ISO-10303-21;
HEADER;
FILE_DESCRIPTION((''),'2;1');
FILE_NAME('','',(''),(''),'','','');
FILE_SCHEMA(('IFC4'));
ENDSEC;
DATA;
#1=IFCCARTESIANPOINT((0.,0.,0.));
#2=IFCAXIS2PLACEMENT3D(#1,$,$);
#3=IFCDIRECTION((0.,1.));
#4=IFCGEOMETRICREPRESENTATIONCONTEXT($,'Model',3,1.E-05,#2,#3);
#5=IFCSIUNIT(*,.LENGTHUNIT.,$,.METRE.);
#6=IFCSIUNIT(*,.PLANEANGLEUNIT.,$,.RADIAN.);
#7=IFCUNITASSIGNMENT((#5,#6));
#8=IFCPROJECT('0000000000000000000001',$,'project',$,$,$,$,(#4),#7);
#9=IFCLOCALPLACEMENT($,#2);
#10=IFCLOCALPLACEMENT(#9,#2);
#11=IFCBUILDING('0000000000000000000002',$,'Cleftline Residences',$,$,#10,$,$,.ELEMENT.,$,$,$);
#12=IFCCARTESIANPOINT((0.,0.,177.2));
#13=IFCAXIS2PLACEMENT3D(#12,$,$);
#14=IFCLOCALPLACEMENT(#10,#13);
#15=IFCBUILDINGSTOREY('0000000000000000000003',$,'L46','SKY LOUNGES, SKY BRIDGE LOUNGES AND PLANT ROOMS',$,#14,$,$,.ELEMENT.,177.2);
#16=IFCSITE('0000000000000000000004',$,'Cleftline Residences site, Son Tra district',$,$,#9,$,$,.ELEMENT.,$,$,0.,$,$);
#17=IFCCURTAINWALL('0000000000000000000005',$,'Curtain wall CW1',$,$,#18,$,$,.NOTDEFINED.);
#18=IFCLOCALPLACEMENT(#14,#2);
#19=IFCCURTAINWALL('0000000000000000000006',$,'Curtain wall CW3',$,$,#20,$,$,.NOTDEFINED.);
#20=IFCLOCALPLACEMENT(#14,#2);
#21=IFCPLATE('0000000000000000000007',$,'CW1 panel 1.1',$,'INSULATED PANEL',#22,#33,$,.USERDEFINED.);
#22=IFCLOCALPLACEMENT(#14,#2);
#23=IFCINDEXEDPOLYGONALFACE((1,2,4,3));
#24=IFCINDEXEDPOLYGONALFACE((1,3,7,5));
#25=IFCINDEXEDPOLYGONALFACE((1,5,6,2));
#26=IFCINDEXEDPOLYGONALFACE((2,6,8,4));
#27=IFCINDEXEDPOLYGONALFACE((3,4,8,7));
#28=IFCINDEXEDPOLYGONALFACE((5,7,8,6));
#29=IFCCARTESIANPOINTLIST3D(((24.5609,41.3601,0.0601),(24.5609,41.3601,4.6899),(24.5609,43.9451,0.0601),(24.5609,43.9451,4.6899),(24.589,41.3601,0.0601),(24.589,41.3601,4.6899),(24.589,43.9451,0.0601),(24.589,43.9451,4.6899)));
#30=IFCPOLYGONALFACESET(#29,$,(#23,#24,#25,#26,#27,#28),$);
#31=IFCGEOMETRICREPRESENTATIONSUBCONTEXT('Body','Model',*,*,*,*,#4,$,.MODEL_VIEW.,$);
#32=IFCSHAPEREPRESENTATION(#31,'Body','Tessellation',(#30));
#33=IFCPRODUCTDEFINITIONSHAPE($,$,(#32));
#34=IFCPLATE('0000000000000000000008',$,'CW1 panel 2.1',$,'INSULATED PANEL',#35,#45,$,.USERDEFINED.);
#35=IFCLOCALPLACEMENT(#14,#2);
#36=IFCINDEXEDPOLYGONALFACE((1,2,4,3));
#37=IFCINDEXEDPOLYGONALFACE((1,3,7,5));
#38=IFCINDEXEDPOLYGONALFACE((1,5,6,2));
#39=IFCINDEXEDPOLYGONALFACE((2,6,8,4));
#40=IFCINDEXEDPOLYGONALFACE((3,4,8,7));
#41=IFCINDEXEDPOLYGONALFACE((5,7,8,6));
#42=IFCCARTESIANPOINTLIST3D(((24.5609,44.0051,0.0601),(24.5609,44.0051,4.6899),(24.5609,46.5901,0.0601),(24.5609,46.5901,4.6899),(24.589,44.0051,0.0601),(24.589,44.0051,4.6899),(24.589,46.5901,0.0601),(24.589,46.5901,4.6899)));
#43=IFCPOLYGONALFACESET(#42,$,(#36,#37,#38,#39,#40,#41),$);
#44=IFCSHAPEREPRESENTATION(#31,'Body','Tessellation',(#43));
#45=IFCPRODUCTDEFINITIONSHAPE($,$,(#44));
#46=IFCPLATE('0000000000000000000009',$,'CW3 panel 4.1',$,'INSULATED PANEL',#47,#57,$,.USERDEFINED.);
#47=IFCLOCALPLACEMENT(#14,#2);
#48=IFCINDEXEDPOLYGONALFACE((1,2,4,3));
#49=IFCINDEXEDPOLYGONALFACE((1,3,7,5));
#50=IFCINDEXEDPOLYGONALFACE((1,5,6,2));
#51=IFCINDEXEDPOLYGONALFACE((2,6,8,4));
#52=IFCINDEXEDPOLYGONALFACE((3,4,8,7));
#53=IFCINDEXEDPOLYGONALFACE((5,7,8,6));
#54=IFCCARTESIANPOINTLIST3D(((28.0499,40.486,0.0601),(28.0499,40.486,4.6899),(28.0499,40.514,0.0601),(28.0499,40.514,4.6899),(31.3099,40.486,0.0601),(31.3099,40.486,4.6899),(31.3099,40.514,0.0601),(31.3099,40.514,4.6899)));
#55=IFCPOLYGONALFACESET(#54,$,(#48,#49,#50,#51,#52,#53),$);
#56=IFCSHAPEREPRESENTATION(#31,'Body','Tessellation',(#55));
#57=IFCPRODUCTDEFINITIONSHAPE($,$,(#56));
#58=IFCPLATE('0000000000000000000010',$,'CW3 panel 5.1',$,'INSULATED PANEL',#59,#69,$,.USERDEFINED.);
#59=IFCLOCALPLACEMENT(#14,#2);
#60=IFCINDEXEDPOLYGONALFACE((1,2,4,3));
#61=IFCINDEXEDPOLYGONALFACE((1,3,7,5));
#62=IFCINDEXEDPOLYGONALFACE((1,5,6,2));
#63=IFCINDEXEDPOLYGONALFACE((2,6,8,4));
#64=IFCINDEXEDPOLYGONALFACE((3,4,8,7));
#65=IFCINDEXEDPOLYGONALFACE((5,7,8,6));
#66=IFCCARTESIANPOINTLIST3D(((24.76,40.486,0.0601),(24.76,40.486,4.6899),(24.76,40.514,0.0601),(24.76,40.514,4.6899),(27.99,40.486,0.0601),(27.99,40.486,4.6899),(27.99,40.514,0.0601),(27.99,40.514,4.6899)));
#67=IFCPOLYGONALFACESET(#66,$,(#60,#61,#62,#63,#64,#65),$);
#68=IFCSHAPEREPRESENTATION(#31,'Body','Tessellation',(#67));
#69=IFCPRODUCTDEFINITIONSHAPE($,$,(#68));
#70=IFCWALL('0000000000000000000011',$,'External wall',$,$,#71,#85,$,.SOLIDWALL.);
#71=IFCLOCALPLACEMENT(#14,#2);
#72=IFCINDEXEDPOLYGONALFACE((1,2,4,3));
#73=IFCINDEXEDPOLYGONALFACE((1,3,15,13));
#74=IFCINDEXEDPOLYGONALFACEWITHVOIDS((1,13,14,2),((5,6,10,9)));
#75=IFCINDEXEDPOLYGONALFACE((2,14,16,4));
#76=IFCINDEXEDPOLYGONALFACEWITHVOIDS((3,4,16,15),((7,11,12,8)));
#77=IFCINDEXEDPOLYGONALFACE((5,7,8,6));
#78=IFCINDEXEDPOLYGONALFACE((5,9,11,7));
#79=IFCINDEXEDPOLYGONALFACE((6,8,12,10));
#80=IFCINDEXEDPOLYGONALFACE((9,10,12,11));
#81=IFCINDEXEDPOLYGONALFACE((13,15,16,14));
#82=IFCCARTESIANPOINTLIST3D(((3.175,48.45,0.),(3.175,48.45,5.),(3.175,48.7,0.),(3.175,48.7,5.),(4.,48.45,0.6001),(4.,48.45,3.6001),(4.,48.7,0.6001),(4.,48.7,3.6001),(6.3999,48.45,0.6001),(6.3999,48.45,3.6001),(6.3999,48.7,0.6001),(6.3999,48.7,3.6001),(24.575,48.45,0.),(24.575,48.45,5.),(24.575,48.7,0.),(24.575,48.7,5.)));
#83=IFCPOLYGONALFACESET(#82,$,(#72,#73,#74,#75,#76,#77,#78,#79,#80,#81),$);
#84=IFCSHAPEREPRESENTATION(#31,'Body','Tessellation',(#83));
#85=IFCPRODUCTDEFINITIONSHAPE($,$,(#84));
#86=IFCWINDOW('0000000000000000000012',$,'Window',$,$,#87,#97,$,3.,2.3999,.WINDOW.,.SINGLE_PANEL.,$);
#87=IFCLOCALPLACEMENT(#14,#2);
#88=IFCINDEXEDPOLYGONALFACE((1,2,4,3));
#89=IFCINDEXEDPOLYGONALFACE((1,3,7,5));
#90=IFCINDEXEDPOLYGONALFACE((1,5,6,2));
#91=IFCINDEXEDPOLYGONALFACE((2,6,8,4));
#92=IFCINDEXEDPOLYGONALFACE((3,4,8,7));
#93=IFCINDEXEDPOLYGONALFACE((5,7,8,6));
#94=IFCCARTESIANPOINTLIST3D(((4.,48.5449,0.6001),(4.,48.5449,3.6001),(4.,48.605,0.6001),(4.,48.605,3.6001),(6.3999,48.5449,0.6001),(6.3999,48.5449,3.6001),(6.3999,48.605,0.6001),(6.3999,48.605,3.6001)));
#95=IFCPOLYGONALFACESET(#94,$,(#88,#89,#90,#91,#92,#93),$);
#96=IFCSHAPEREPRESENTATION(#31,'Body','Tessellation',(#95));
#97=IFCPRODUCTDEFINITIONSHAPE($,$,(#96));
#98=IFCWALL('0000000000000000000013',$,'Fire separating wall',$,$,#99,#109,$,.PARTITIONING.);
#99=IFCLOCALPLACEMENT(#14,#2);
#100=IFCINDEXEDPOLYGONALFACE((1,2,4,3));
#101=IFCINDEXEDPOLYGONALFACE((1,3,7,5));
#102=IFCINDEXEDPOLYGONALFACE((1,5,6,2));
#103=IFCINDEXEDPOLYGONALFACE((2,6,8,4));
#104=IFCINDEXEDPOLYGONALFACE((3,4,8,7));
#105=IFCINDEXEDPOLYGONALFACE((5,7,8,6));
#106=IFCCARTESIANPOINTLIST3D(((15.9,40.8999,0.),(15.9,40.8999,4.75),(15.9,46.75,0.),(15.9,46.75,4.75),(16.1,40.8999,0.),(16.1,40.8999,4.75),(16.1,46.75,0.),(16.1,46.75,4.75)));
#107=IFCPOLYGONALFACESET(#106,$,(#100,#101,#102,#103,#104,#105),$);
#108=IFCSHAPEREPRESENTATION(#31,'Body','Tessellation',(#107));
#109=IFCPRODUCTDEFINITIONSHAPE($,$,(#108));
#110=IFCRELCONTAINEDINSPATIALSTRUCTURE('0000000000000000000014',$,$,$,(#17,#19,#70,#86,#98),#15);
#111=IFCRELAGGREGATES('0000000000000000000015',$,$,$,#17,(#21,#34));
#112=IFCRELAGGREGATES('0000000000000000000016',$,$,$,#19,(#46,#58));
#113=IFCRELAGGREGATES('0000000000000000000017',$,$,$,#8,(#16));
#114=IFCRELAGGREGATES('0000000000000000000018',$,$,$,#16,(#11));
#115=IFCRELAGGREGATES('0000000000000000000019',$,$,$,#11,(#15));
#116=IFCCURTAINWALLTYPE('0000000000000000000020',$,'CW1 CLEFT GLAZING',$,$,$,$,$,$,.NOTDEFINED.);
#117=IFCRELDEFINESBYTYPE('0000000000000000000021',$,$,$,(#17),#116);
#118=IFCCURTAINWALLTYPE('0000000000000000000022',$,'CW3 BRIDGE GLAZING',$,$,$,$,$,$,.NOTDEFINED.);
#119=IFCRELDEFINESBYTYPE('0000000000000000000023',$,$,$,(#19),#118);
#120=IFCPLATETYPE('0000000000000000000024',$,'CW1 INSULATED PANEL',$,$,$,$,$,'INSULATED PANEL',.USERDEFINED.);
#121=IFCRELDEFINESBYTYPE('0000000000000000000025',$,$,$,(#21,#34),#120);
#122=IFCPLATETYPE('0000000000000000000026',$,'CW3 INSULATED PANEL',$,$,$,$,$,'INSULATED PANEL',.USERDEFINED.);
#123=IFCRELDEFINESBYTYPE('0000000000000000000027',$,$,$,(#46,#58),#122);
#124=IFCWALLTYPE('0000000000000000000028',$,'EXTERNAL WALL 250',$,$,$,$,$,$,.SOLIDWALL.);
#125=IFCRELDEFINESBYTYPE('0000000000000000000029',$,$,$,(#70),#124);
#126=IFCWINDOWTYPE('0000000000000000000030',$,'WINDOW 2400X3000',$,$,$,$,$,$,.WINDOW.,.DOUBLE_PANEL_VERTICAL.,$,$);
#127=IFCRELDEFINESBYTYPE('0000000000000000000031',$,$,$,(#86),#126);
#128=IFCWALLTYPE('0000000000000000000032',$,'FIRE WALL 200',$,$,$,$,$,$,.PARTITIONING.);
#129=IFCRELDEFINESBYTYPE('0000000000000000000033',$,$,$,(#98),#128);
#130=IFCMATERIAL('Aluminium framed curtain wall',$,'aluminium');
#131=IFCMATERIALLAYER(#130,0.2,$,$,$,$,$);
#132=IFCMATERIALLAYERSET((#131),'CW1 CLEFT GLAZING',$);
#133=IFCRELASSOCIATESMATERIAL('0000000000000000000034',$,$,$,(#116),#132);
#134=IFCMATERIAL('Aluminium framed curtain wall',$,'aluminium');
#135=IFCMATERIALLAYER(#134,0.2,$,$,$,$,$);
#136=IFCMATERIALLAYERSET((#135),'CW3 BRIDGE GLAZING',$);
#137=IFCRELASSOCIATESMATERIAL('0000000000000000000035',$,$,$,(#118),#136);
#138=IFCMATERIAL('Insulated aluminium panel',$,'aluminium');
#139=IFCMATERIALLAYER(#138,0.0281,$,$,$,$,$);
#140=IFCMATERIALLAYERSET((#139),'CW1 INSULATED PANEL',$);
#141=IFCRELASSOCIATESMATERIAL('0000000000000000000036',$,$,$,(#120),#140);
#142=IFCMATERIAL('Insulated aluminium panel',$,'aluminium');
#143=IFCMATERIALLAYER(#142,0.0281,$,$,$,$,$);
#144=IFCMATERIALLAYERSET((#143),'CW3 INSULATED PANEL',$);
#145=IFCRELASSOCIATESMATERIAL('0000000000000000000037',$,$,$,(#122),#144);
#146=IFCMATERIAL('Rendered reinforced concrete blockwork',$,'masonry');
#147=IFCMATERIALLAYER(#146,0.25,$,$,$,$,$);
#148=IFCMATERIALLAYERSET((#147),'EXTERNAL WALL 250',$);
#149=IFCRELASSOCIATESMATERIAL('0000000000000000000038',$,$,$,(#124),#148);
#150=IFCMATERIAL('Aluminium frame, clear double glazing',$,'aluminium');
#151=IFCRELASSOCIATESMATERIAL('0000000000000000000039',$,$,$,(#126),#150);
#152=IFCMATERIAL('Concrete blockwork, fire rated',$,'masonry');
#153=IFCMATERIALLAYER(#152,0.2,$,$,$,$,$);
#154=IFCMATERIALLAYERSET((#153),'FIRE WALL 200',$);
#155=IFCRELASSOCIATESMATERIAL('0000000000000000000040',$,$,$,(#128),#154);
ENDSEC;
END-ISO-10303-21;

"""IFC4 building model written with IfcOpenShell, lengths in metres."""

from ifc_helpers import new_model, si_unit, direction, frame, frame_2d, origin, origin_2d, place, context, subcontext, project, spatial, rectangle, extrude, material, layer, layer_set, type_object, element, fill, aggregate, save


model = new_model("IFC4")

# Units and contexts
model_context = context("Model", 3, precision=1e-05, world=origin(), true_north=direction((0.0, 1.0)))
body_context = subcontext(model_context, "Body", "Model", "MODEL_VIEW")
ifc_project = project(units=[si_unit("LENGTHUNIT", "METRE"), si_unit("PLANEANGLEUNIT", "RADIAN")], contexts=[model_context])

# Site, building, storey
site_placement = place(None, origin())
site = spatial("IfcSite", under=ifc_project, at=site_placement, Name="Cleftline Residences site, Son Tra district", CompositionType="ELEMENT", RefElevation=0.0)
building_placement = place(site_placement, origin())
building = spatial("IfcBuilding", under=site, at=building_placement, Name="Cleftline Residences", CompositionType="ELEMENT")
storey_placement = place(building_placement, frame((0.0, 0.0, 177.2)))
storey = spatial("IfcBuildingStorey", under=building, at=storey_placement, Name="L46", Description="SKY LOUNGES, SKY BRIDGE LOUNGES AND PLANT ROOMS", CompositionType="ELEMENT", Elevation=177.2)

# Curtain walls
ifc_material_1 = material(Name="Aluminium framed curtain wall", Category="aluminium")
ifc_layer_1 = layer(ifc_material_1, 0.2)
ifc_layer_set_1 = layer_set([ifc_layer_1], Name="CW1 CLEFT GLAZING")
curtain_wall_type_1 = type_object("IfcCurtainWallType", Name="CW1 CLEFT GLAZING", PredefinedType="NOTDEFINED", material=ifc_layer_set_1)
curtain_wall_1_placement = place(storey_placement, origin())
curtain_wall_1 = element("IfcCurtainWall", 1, at=curtain_wall_1_placement, inside=storey, type_object=curtain_wall_type_1, Name="Curtain wall CW1", PredefinedType="NOTDEFINED")
ifc_material_2 = material(Name="Aluminium framed curtain wall", Category="aluminium")
ifc_layer_2 = layer(ifc_material_2, 0.2)
ifc_layer_set_2 = layer_set([ifc_layer_2], Name="CW3 BRIDGE GLAZING")
curtain_wall_type_2 = type_object("IfcCurtainWallType", Name="CW3 BRIDGE GLAZING", PredefinedType="NOTDEFINED", material=ifc_layer_set_2)
curtain_wall_2_placement = place(storey_placement, origin())
curtain_wall_2 = element("IfcCurtainWall", 2, at=curtain_wall_2_placement, inside=storey, type_object=curtain_wall_type_2, Name="Curtain wall CW3", PredefinedType="NOTDEFINED")

# Plates
ifc_material_3 = material(Name="Insulated aluminium panel", Category="aluminium")
ifc_layer_3 = layer(ifc_material_3, 0.0281)
ifc_layer_set_3 = layer_set([ifc_layer_3], Name="CW1 INSULATED PANEL")
plate_type_1 = type_object("IfcPlateType", Name="CW1 INSULATED PANEL", ElementType="INSULATED PANEL", PredefinedType="USERDEFINED", material=ifc_layer_set_3)
plate_1_placement = place(storey_placement, frame((24.575, 42.6526, 0.0601), z_axis=(0.0, 0.0, 1.0), x_axis=(0.0, 1.0, 0.0)))
plate_1 = element("IfcPlate", 3, at=plate_1_placement, type_object=plate_type_1, Name="CW1 panel 1.1", ObjectType="INSULATED PANEL", PredefinedType="USERDEFINED", context=body_context, shape_type="SweptSolid", body=[
    extrude(rectangle(XDim=2.585, YDim=0.0281, at=origin_2d()), origin(), (0.0, 0.0, 1.0), 4.6299),
])
plate_2_placement = place(storey_placement, frame((24.575, 45.2976, 0.0601), z_axis=(0.0, 0.0, 1.0), x_axis=(0.0, 1.0, 0.0)))
plate_2 = element("IfcPlate", 4, at=plate_2_placement, type_object=plate_type_1, Name="CW1 panel 2.1", ObjectType="INSULATED PANEL", PredefinedType="USERDEFINED", context=body_context, shape_type="SweptSolid", body=[
    extrude(rectangle(XDim=2.585, YDim=0.0281, at=origin_2d()), origin(), (0.0, 0.0, 1.0), 4.6299),
])
aggregate(curtain_wall_1, [plate_1, plate_2])
ifc_material_4 = material(Name="Insulated aluminium panel", Category="aluminium")
ifc_layer_4 = layer(ifc_material_4, 0.0281)
ifc_layer_set_4 = layer_set([ifc_layer_4], Name="CW3 INSULATED PANEL")
plate_type_2 = type_object("IfcPlateType", Name="CW3 INSULATED PANEL", ElementType="INSULATED PANEL", PredefinedType="USERDEFINED", material=ifc_layer_set_4)
plate_3_placement = place(storey_placement, frame((29.6799, 40.5, 0.0601), z_axis=(0.0, 0.0, 1.0), x_axis=(-1.0, 0.0, 0.0)))
plate_3 = element("IfcPlate", 5, at=plate_3_placement, type_object=plate_type_2, Name="CW3 panel 4.1", ObjectType="INSULATED PANEL", PredefinedType="USERDEFINED", context=body_context, shape_type="SweptSolid", body=[
    extrude(rectangle(XDim=3.26, YDim=0.0281, at=origin_2d()), origin(), (0.0, 0.0, 1.0), 4.6299),
])
plate_4_placement = place(storey_placement, frame((26.375, 40.5, 0.0601), z_axis=(0.0, 0.0, 1.0), x_axis=(-1.0, 0.0, 0.0)))
plate_4 = element("IfcPlate", 6, at=plate_4_placement, type_object=plate_type_2, Name="CW3 panel 5.1", ObjectType="INSULATED PANEL", PredefinedType="USERDEFINED", context=body_context, shape_type="SweptSolid", body=[
    extrude(rectangle(XDim=3.23, YDim=0.0281, at=origin_2d()), origin(), (0.0, 0.0, 1.0), 4.6299),
])
aggregate(curtain_wall_2, [plate_3, plate_4])

# Wall, opening, window
ifc_material_5 = material(Name="Rendered reinforced concrete blockwork", Category="masonry")
ifc_layer_5 = layer(ifc_material_5, 0.25)
ifc_layer_set_5 = layer_set([ifc_layer_5], Name="EXTERNAL WALL 250")
wall_type_1 = type_object("IfcWallType", Name="EXTERNAL WALL 250", PredefinedType="SOLIDWALL", material=ifc_layer_set_5)
wall_1_placement = place(storey_placement, frame((24.575, 48.575, 0.0), z_axis=(0.0, 0.0, 1.0), x_axis=(-1.0, 0.0, 0.0)))
wall_1 = element("IfcWall", 7, at=wall_1_placement, inside=storey, type_object=wall_type_1, Name="External wall", PredefinedType="SOLIDWALL", context=body_context, shape_type="SweptSolid", body=[
    extrude(rectangle(XDim=21.3999, YDim=0.25, at=frame_2d((10.7, 0.0))), origin(), (0.0, 0.0, 1.0), 5.0),
])
opening_placement = place(wall_1_placement, frame((18.175, 0.0, 0.6001)))
opening = element("IfcOpeningElement", 8, at=opening_placement, cuts=wall_1, PredefinedType="OPENING", context=body_context, shape_type="SweptSolid", body=[
    extrude(rectangle(XDim=2.3999, YDim=3.0, at=frame_2d((1.2, 1.5))), frame((0.0, 0.135, 0.0), z_axis=(0.0, -1.0, 0.0), x_axis=(1.0, 0.0, 0.0)), (0.0, 0.0, 1.0), 0.27),
])
ifc_material_6 = material(Name="Aluminium frame, clear double glazing", Category="aluminium")
window_type = type_object("IfcWindowType", Name="WINDOW 2400X3000", PartitioningType="DOUBLE_PANEL_VERTICAL", PredefinedType="WINDOW", material=ifc_material_6)
window_placement = place(opening_placement, origin())
window = element("IfcWindow", 9, at=window_placement, inside=storey, type_object=window_type, Name="Window", OverallHeight=3.0, OverallWidth=2.3999, PartitioningType="SINGLE_PANEL", PredefinedType="WINDOW", context=body_context, shape_type="SweptSolid", body=[
    extrude(rectangle(XDim=2.3999, YDim=3.0, at=frame_2d((1.2, 1.5))), frame((0.0, 0.03, 0.0), z_axis=(0.0, -1.0, 0.0), x_axis=(1.0, 0.0, 0.0)), (0.0, 0.0, 1.0), 0.0601),
])
fill(opening, window)

# Wall
ifc_material_7 = material(Name="Concrete blockwork, fire rated", Category="masonry")
ifc_layer_6 = layer(ifc_material_7, 0.2)
ifc_layer_set_6 = layer_set([ifc_layer_6], Name="FIRE WALL 200")
wall_type_2 = type_object("IfcWallType", Name="FIRE WALL 200", PredefinedType="PARTITIONING", material=ifc_layer_set_6)
wall_2_placement = place(storey_placement, frame((16.0, 40.8999, 0.0), z_axis=(0.0, 0.0, 1.0), x_axis=(0.0, 1.0, 0.0)))
element("IfcWall", 10, at=wall_2_placement, inside=storey, type_object=wall_type_2, Name="Fire separating wall", PredefinedType="PARTITIONING", context=body_context, shape_type="SweptSolid", body=[
    extrude(rectangle(XDim=5.8501, YDim=0.2, at=frame_2d((2.925, 0.0))), origin(), (0.0, 0.0, 1.0), 4.75),
])

save(model, "model.ifc")
